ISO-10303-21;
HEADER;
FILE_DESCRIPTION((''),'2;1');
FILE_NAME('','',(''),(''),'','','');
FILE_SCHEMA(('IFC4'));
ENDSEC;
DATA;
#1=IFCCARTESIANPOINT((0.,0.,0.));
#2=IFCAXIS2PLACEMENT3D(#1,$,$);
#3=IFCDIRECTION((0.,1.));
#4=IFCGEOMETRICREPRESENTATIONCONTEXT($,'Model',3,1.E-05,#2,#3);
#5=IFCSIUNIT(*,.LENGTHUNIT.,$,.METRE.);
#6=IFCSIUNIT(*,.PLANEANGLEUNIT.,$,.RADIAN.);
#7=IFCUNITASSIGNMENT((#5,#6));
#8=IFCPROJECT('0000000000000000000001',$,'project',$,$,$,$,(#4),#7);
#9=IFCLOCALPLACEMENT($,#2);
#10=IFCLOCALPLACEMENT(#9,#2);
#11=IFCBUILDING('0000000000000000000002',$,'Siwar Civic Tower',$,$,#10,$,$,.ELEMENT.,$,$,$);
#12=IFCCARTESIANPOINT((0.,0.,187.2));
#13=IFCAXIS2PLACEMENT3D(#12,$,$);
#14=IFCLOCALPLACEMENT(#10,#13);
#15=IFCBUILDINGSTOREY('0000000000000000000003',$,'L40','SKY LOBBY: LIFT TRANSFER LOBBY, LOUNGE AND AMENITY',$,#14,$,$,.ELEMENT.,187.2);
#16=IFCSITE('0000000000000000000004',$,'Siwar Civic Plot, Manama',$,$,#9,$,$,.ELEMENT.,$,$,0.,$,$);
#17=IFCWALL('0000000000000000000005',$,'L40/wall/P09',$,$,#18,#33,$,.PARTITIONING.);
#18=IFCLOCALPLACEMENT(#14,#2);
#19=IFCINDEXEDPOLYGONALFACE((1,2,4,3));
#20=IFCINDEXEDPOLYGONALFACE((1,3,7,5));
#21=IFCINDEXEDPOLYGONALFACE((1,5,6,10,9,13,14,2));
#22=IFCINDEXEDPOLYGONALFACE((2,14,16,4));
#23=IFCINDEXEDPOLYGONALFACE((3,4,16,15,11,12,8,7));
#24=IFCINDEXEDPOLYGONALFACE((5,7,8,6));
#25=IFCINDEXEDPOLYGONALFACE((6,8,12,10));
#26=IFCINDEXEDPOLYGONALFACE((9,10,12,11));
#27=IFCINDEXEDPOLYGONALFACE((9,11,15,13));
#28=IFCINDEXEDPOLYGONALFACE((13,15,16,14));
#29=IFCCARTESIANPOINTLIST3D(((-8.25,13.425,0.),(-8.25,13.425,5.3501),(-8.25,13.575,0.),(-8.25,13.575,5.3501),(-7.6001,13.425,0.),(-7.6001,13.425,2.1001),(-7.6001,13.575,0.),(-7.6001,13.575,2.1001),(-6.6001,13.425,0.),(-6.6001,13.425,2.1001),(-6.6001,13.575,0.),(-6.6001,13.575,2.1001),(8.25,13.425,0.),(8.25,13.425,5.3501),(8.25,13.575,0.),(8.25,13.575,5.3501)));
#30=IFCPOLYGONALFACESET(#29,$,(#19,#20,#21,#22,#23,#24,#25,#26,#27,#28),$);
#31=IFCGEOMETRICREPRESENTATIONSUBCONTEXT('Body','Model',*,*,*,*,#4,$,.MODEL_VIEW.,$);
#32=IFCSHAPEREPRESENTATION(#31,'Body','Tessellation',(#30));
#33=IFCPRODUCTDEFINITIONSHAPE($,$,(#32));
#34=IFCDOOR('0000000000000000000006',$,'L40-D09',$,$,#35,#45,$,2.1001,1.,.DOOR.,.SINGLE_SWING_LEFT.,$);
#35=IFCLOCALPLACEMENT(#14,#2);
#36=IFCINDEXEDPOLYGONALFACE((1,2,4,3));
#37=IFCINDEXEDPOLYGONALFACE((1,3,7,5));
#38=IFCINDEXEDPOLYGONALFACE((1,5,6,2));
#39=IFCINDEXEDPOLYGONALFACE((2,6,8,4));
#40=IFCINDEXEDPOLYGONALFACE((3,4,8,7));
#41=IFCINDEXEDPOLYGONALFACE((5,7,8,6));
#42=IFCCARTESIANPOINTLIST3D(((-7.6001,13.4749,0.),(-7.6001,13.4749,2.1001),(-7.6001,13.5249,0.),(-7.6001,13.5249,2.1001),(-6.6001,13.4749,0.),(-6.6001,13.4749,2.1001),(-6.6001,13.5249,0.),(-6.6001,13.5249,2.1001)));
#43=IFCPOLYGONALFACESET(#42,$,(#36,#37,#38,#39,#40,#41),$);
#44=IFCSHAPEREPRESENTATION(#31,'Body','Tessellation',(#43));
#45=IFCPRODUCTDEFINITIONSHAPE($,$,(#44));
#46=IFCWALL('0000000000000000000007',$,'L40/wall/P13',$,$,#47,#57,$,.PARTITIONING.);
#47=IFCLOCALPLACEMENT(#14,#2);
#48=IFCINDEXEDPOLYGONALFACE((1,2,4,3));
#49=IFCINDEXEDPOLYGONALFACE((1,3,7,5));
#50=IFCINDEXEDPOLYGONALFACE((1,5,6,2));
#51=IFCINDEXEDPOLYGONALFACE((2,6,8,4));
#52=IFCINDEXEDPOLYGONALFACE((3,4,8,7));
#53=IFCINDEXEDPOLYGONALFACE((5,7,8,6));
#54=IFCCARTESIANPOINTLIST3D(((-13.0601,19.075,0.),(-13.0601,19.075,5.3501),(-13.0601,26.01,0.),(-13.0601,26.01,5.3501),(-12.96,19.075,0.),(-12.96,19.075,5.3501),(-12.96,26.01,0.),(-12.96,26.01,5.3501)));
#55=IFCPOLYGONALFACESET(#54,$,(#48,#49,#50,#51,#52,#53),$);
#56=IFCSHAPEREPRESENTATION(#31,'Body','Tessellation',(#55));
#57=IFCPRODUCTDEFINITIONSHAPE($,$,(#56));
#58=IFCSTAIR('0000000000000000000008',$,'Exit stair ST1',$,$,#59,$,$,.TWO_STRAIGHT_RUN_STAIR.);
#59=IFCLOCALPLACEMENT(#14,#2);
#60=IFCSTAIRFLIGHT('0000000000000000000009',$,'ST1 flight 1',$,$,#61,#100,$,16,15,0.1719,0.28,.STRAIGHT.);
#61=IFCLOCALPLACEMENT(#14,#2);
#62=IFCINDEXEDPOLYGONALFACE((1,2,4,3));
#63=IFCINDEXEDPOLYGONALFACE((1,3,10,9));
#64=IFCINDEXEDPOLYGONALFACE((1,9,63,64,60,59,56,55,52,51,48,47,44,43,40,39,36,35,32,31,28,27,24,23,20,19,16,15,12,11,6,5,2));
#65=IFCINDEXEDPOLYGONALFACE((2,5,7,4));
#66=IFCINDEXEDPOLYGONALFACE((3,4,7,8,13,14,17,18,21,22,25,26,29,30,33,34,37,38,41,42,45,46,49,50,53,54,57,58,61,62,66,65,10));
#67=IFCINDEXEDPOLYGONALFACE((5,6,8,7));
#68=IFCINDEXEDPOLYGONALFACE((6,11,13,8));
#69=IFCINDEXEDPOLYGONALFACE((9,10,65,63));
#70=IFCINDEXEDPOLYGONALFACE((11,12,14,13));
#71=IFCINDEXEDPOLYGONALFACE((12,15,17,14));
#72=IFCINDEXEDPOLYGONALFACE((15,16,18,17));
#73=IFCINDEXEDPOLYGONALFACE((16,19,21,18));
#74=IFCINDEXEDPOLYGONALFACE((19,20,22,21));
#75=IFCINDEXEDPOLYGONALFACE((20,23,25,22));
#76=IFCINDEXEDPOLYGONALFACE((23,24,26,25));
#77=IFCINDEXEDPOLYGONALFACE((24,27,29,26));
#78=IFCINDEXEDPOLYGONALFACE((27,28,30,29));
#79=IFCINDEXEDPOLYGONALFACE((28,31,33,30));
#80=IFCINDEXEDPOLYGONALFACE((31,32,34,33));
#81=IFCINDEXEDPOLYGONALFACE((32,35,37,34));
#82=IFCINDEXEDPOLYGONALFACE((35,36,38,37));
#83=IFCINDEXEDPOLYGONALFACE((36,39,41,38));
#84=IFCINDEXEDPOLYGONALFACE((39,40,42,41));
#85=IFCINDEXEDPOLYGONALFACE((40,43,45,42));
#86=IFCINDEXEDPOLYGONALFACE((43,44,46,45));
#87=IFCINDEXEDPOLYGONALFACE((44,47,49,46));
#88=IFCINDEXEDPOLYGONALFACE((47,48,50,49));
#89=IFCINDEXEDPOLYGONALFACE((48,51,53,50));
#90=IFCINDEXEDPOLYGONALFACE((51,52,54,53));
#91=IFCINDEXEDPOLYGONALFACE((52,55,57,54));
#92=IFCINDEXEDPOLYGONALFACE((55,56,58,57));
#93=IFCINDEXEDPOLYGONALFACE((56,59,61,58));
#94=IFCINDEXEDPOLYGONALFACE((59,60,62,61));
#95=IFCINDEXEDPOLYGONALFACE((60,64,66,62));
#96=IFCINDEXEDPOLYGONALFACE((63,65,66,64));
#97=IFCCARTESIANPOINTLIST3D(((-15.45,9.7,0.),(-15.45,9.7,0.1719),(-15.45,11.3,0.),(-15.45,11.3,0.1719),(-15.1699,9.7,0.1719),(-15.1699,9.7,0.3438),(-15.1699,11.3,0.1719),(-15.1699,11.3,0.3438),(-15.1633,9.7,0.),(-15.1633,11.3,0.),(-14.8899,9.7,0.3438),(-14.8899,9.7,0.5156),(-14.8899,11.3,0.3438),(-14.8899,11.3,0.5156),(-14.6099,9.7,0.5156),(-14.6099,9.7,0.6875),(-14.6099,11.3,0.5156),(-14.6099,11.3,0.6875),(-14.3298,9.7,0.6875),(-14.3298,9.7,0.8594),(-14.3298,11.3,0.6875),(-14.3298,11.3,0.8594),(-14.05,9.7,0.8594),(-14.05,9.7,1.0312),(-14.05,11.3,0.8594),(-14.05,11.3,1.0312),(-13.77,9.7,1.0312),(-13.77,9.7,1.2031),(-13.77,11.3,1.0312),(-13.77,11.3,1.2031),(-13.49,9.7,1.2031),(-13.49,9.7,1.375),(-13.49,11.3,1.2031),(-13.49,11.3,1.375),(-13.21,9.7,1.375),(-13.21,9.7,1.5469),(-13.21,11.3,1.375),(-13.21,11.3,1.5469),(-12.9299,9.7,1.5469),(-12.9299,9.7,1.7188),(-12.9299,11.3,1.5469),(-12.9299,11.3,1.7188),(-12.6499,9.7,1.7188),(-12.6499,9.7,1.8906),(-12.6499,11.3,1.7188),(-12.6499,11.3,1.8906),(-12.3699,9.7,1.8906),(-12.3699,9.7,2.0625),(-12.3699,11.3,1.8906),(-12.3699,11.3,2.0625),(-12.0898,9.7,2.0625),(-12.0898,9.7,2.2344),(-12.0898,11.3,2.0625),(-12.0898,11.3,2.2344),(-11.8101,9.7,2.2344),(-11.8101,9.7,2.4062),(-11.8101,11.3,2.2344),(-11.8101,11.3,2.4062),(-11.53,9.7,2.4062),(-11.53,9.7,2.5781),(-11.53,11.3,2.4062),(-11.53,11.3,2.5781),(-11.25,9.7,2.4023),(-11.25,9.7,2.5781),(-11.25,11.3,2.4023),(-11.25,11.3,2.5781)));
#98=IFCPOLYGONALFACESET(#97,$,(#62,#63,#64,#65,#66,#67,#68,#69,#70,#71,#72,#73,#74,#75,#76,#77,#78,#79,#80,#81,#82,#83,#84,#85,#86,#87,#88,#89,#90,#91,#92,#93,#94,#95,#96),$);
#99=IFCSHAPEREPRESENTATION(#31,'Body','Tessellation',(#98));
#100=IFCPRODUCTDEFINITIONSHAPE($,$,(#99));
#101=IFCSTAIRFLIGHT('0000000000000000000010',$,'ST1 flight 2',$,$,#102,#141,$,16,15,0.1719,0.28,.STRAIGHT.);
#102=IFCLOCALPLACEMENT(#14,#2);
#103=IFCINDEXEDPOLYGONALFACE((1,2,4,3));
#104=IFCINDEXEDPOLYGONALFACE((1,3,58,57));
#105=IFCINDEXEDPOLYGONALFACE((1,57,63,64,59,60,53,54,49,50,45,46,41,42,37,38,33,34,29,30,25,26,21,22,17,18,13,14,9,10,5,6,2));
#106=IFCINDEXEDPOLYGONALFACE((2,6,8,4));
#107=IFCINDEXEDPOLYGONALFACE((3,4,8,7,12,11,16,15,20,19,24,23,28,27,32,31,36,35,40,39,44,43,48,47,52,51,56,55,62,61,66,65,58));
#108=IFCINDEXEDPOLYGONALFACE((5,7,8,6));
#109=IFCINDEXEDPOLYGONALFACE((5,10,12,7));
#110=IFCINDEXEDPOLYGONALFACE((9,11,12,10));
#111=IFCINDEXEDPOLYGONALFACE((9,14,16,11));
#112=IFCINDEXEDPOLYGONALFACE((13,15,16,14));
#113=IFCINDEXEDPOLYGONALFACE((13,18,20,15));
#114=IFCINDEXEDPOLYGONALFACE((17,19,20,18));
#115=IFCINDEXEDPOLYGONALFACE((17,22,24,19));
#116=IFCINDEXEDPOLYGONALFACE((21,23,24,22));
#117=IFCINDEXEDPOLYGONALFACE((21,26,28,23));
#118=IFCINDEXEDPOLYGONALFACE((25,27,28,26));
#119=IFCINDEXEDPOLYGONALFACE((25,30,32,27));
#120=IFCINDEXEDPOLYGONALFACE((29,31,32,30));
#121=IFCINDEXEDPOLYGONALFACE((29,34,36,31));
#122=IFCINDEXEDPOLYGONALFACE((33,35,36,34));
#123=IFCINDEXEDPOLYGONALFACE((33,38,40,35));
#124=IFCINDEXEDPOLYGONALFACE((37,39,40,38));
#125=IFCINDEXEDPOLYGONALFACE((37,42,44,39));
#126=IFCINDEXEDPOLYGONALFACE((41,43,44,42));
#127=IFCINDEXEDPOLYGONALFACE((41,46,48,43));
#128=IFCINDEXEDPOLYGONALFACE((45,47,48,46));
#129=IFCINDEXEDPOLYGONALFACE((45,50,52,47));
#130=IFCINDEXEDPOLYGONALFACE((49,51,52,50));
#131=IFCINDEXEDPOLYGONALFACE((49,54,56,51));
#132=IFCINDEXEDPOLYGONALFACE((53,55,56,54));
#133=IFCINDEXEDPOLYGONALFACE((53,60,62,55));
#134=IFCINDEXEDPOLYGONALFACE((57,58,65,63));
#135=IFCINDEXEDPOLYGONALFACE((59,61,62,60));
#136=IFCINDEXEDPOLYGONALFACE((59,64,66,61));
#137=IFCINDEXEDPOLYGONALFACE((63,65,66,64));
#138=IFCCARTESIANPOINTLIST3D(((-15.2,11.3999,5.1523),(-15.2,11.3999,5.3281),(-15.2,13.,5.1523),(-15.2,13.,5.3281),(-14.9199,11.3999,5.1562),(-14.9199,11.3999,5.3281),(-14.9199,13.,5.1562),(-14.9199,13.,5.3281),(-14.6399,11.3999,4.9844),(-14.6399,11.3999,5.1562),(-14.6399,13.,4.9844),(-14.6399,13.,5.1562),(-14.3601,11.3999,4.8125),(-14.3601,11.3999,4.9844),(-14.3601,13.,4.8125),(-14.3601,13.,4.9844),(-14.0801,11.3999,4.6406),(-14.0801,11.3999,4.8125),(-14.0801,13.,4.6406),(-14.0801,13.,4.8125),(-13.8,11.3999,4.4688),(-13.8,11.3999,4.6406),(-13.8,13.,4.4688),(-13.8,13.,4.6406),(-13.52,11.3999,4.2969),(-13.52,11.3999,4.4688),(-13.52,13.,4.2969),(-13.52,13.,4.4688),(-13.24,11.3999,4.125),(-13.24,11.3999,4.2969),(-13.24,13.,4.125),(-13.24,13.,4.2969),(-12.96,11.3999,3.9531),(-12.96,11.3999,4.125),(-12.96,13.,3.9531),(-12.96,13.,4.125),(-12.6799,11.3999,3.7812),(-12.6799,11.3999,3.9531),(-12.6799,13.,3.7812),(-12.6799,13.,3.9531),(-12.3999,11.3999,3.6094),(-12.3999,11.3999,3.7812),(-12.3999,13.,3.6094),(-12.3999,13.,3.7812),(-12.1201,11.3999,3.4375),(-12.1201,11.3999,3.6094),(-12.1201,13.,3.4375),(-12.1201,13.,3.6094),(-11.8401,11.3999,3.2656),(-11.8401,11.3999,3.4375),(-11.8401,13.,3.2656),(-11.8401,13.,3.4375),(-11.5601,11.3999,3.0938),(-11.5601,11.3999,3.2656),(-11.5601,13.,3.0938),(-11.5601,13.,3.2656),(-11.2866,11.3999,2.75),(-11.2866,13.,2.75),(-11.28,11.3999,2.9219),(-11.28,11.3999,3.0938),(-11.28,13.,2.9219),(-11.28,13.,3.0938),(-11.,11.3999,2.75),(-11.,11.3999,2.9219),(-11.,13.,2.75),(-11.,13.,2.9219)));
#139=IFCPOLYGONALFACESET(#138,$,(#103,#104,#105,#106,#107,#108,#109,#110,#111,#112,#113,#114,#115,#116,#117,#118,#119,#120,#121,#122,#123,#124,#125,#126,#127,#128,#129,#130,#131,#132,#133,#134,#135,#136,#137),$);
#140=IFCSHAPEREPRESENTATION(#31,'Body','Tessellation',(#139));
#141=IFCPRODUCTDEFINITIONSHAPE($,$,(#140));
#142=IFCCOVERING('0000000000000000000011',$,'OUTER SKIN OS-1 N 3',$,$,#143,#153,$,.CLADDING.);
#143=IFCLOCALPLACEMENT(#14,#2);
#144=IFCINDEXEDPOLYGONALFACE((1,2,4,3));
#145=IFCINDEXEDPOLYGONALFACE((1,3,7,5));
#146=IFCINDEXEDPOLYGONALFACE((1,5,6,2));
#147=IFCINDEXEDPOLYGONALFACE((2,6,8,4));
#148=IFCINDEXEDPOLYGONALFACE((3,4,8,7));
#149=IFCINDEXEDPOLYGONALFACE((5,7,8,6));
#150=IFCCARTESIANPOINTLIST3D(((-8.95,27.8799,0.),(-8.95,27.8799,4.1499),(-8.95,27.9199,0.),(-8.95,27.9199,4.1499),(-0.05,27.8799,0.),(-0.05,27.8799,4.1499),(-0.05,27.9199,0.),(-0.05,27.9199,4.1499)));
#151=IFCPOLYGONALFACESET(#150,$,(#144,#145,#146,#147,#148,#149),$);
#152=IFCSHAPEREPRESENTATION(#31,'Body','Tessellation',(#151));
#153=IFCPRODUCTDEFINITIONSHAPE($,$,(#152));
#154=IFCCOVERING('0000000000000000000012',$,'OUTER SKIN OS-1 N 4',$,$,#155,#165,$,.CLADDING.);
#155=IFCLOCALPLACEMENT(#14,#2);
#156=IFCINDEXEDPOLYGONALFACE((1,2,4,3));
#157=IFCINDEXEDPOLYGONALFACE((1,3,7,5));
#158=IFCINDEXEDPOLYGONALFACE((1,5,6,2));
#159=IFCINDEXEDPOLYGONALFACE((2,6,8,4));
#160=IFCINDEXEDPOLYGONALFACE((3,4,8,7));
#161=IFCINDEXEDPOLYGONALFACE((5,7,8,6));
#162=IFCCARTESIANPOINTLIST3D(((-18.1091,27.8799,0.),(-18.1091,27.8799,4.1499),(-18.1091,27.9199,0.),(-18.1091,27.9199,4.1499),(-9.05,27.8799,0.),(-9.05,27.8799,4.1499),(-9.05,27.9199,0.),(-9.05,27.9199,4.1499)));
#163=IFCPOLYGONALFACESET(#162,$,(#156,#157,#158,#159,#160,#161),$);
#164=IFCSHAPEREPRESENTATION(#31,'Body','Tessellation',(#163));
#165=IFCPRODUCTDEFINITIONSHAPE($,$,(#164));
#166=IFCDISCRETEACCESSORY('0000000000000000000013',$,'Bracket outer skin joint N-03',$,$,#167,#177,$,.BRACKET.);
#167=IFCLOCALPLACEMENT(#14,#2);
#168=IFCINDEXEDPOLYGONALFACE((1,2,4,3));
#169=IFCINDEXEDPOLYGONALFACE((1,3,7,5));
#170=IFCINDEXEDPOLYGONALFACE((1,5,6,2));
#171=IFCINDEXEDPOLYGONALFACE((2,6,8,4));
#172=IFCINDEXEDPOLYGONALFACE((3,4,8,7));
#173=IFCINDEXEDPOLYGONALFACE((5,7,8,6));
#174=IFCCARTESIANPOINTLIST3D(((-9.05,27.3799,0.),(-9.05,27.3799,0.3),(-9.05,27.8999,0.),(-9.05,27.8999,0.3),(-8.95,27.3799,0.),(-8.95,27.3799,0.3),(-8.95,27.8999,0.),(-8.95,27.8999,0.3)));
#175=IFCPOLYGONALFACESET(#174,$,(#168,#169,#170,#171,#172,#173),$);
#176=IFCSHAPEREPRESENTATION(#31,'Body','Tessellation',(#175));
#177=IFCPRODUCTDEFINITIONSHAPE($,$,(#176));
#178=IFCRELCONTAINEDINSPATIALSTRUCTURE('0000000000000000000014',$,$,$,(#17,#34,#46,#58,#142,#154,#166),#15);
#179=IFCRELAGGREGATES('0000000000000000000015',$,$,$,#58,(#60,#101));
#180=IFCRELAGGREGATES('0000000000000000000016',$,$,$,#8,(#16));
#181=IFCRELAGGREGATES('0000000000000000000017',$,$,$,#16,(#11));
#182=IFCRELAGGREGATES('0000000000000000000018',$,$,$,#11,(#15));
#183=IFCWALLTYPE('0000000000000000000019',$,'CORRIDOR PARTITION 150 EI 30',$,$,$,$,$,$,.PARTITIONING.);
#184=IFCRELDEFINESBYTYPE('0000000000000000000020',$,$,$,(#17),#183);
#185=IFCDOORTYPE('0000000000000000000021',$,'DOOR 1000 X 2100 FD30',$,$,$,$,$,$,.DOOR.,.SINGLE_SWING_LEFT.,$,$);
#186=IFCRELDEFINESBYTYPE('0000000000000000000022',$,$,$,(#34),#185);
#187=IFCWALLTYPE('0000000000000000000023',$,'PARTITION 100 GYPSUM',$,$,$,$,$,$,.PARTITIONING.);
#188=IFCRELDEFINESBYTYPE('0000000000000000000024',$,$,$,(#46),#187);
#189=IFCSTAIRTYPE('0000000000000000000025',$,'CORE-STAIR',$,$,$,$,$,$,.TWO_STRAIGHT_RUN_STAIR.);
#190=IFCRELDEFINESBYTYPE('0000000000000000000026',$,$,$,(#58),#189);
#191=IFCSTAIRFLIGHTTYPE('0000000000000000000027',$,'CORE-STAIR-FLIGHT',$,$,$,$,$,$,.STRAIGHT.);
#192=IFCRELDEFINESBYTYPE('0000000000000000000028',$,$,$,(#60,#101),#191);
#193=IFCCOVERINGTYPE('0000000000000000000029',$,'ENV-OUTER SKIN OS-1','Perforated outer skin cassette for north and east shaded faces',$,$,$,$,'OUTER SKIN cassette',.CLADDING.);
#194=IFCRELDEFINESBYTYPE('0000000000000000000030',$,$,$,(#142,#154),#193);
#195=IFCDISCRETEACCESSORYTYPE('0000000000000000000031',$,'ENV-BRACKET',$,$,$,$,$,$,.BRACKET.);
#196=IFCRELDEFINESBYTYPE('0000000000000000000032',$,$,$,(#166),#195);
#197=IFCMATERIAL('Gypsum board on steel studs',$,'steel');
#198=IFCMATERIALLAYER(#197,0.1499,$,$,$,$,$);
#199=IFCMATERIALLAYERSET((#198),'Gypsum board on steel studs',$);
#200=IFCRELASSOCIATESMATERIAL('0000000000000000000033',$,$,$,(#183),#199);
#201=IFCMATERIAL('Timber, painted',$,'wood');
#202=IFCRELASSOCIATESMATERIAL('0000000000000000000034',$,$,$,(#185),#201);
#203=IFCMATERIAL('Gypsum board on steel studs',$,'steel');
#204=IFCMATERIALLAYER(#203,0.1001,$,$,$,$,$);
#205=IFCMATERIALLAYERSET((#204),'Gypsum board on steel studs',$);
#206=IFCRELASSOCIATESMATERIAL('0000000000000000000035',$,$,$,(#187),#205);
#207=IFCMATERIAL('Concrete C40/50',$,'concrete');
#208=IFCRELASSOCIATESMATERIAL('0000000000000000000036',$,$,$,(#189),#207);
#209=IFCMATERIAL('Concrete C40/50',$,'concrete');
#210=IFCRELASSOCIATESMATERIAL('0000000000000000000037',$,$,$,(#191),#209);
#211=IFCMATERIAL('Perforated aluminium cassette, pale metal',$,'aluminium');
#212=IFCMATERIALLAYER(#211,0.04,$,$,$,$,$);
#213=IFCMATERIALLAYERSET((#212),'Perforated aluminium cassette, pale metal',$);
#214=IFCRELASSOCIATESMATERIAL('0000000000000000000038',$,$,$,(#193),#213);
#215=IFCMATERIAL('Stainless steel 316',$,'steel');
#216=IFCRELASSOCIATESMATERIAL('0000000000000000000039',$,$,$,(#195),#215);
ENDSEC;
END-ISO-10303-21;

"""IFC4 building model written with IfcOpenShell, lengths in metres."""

from ifc_helpers import new_model, si_unit, direction, frame, frame_2d, origin, origin_2d, place, context, subcontext, project, spatial, polyline, rectangle, outline, extrude, material, layer, layer_set, type_object, element, fill, aggregate, save


model = new_model("IFC4")

# Units and contexts
model_context = context("Model", 3, precision=1e-05, world=origin(), true_north=direction((0.0, 1.0)))
body_context = subcontext(model_context, "Body", "Model", "MODEL_VIEW")
ifc_project = project(units=[si_unit("LENGTHUNIT", "METRE"), si_unit("PLANEANGLEUNIT", "RADIAN")], contexts=[model_context])

# Site, building, storey
site_placement = place(None, origin())
site = spatial("IfcSite", under=ifc_project, at=site_placement, Name="Siwar Civic Plot, Manama", CompositionType="ELEMENT", RefElevation=0.0)
building_placement = place(site_placement, origin())
building = spatial("IfcBuilding", under=site, at=building_placement, Name="Siwar Civic Tower", CompositionType="ELEMENT")
storey_placement = place(building_placement, frame((0.0, 0.0, 187.2)))
storey = spatial("IfcBuildingStorey", under=building, at=storey_placement, Name="L40", Description="SKY LOBBY: LIFT TRANSFER LOBBY, LOUNGE AND AMENITY", CompositionType="ELEMENT", Elevation=187.2)

# Shared definitions
ifc_material_1 = material(Name="Gypsum board on steel studs", Category="steel")
ifc_layer_1 = layer(ifc_material_1, 0.1499)
ifc_layer_set_1 = layer_set([ifc_layer_1], Name="Gypsum board on steel studs")
wall_type_1 = type_object("IfcWallType", Name="CORRIDOR PARTITION 150 EI 30", PredefinedType="PARTITIONING", material=ifc_layer_set_1)

# Wall, opening, door
wall_1_placement = place(storey_placement, frame((-8.25, 13.5, 0.0), z_axis=(0.0, 0.0, 1.0), x_axis=(1.0, 0.0, 0.0)))
wall_1 = element("IfcWall", 1, at=wall_1_placement, inside=storey, type_object=wall_type_1, Name="L40/wall/P09", PredefinedType="PARTITIONING", context=body_context, shape_type="SweptSolid", body=[
    extrude(rectangle(XDim=16.5, YDim=0.1499, at=frame_2d((8.25, 0.0))), origin(), (0.0, 0.0, 1.0), 5.3501),
])
opening_1_placement = place(wall_1_placement, frame((0.6499, 0.0, 0.0)))
opening_1 = element("IfcOpeningElement", 2, at=opening_1_placement, cuts=wall_1, PredefinedType="OPENING", context=body_context, shape_type="SweptSolid", body=[
    extrude(rectangle(XDim=1.0, YDim=2.1001, at=frame_2d((0.5, 1.05))), frame((0.0, 0.085, 0.0), z_axis=(0.0, -1.0, 0.0), x_axis=(1.0, 0.0, 0.0)), (0.0, 0.0, 1.0), 0.1699),
])
ifc_material_2 = material(Name="Timber, painted", Category="wood")
door_type_1 = type_object("IfcDoorType", Name="DOOR 1000 X 2100 FD30", OperationType="SINGLE_SWING_LEFT", PredefinedType="DOOR", material=ifc_material_2)
door_1_placement = place(opening_1_placement, origin())
door_1 = element("IfcDoor", 3, at=door_1_placement, inside=storey, type_object=door_type_1, Name="L40-D09", OperationType="SINGLE_SWING_LEFT", OverallHeight=2.1001, OverallWidth=1.0, PredefinedType="DOOR", context=body_context, shape_type="SweptSolid", body=[
    extrude(rectangle(XDim=1.0, YDim=2.1001, at=frame_2d((0.5, 1.05))), frame((0.0, 0.0249, 0.0), z_axis=(0.0, -1.0, 0.0), x_axis=(1.0, 0.0, 0.0)), (0.0, 0.0, 1.0), 0.05),
])
fill(opening_1, door_1)

# Wall
ifc_material_3 = material(Name="Gypsum board on steel studs", Category="steel")
ifc_layer_2 = layer(ifc_material_3, 0.1001)
ifc_layer_set_2 = layer_set([ifc_layer_2], Name="Gypsum board on steel studs")
wall_type_2 = type_object("IfcWallType", Name="PARTITION 100 GYPSUM", PredefinedType="PARTITIONING", material=ifc_layer_set_2)
wall_2_placement = place(storey_placement, frame((-13.01, 19.075, 0.0), z_axis=(0.0, 0.0, 1.0), x_axis=(0.0, 1.0, 0.0)))
element("IfcWall", 4, at=wall_2_placement, inside=storey, type_object=wall_type_2, Name="L40/wall/P13", PredefinedType="PARTITIONING", context=body_context, shape_type="SweptSolid", body=[
    extrude(rectangle(XDim=6.9351, YDim=0.1001, at=frame_2d((3.4675, 0.0))), origin(), (0.0, 0.0, 1.0), 5.3501),
])

# Stair, stair flights
ifc_material_4 = material(Name="Concrete C40/50", Category="concrete")
stair_type = type_object("IfcStairType", Name="CORE-STAIR", PredefinedType="TWO_STRAIGHT_RUN_STAIR", material=ifc_material_4)
stair_placement = place(storey_placement, origin())
stair = element("IfcStair", 5, at=stair_placement, inside=storey, type_object=stair_type, Name="Exit stair ST1", PredefinedType="TWO_STRAIGHT_RUN_STAIR")
ifc_material_5 = material(Name="Concrete C40/50", Category="concrete")
stair_flight_type = type_object("IfcStairFlightType", Name="CORE-STAIR-FLIGHT", PredefinedType="STRAIGHT", material=ifc_material_5)
stair_flight_1_placement = place(storey_placement, frame((-15.45, 10.5, 0.0), z_axis=(0.0, 0.0, 1.0), x_axis=(1.0, 0.0, 0.0)))
stair_flight_1 = element("IfcStairFlight", 6, at=stair_flight_1_placement, type_object=stair_flight_type, Name="ST1 flight 1", NumberOfRisers=16, NumberOfTreads=15, PredefinedType="STRAIGHT", RiserHeight=0.1719, TreadLength=0.28, context=body_context, shape_type="SweptSolid", body=[
    extrude(outline(polyline([(0.0, 0.0), (0.0, 0.1719), (0.28, 0.1719), (0.28, 0.3438), (0.5601, 0.3438), (0.5601, 0.5156), (0.8401, 0.5156), (0.8401, 0.6875), (1.1201, 0.6875), (1.1201, 0.8594), (1.3999, 0.8594), (1.3999, 1.0312), (1.6799, 1.0312), (1.6799, 1.2031), (1.96, 1.2031), (1.96, 1.375), (2.24, 1.375), (2.24, 1.5469), (2.52, 1.5469), (2.52, 1.7188), (2.8, 1.7188), (2.8, 1.8906), (3.0801, 1.8906), (3.0801, 2.0625), (3.3601, 2.0625), (3.3601, 2.2344), (3.6399, 2.2344), (3.6399, 2.4062), (3.9199, 2.4062), (3.9199, 2.5781), (4.2, 2.5781), (4.2, 2.75), (4.2, 2.4023), (0.2866, 0.0), (0.0, 0.0)])), frame((0.0, 0.8, 0.0), z_axis=(0.0, -1.0, 0.0), x_axis=(1.0, 0.0, 0.0)), (0.0, 0.0, 1.0), 1.6001),
])
stair_flight_2_placement = place(storey_placement, frame((-11.0, 12.2, 2.75), z_axis=(0.0, 0.0, 1.0), x_axis=(-1.0, 0.0, 0.0)))
stair_flight_2 = element("IfcStairFlight", 7, at=stair_flight_2_placement, type_object=stair_flight_type, Name="ST1 flight 2", NumberOfRisers=16, NumberOfTreads=15, PredefinedType="STRAIGHT", RiserHeight=0.1719, TreadLength=0.28, context=body_context, shape_type="SweptSolid", body=[
    extrude(outline(polyline([(0.0, 0.0), (0.0, 0.1719), (0.28, 0.1719), (0.28, 0.3438), (0.5601, 0.3438), (0.5601, 0.5156), (0.8401, 0.5156), (0.8401, 0.6875), (1.1201, 0.6875), (1.1201, 0.8594), (1.3999, 0.8594), (1.3999, 1.0312), (1.6799, 1.0312), (1.6799, 1.2031), (1.96, 1.2031), (1.96, 1.375), (2.24, 1.375), (2.24, 1.5469), (2.52, 1.5469), (2.52, 1.7188), (2.8, 1.7188), (2.8, 1.8906), (3.0801, 1.8906), (3.0801, 2.0625), (3.3601, 2.0625), (3.3601, 2.2344), (3.6399, 2.2344), (3.6399, 2.4062), (3.9199, 2.4062), (3.9199, 2.5781), (4.2, 2.5781), (4.2, 2.75), (4.2, 2.4023), (0.2866, 0.0), (0.0, 0.0)])), frame((0.0, 0.8, 0.0), z_axis=(0.0, -1.0, 0.0), x_axis=(1.0, 0.0, 0.0)), (0.0, 0.0, 1.0), 1.6001),
])
aggregate(stair, [stair_flight_1, stair_flight_2])

# Coverings
ifc_material_6 = material(Name="Perforated aluminium cassette, pale metal", Category="aluminium")
ifc_layer_3 = layer(ifc_material_6, 0.04)
ifc_layer_set_3 = layer_set([ifc_layer_3], Name="Perforated aluminium cassette, pale metal")
covering_type = type_object("IfcCoveringType", Name="ENV-OUTER SKIN OS-1", Description="Perforated outer skin cassette for north and east shaded faces", ElementType="OUTER SKIN cassette", PredefinedType="CLADDING", material=ifc_layer_set_3)
covering_1_placement = place(storey_placement, frame((-4.5, 27.8999, 0.0), z_axis=(0.0, 0.0, 1.0), x_axis=(-1.0, 0.0, 0.0)))
element("IfcCovering", 8, at=covering_1_placement, inside=storey, type_object=covering_type, Name="OUTER SKIN OS-1 N 3", PredefinedType="CLADDING", context=body_context, shape_type="SweptSolid", body=[
    extrude(rectangle(XDim=8.8999, YDim=0.04, at=origin_2d()), origin(), (0.0, 0.0, 1.0), 4.1499),
])
covering_2_placement = place(storey_placement, frame((-13.5796, 27.8999, 0.0), z_axis=(0.0, 0.0, 1.0), x_axis=(-1.0, 0.0, 0.0)))
element("IfcCovering", 9, at=covering_2_placement, inside=storey, type_object=covering_type, Name="OUTER SKIN OS-1 N 4", PredefinedType="CLADDING", context=body_context, shape_type="SweptSolid", body=[
    extrude(rectangle(XDim=9.0591, YDim=0.04, at=origin_2d()), origin(), (0.0, 0.0, 1.0), 4.1499),
])

# Discrete accessory
ifc_material_7 = material(Name="Stainless steel 316", Category="steel")
discrete_accessory_type = type_object("IfcDiscreteAccessoryType", Name="ENV-BRACKET", PredefinedType="BRACKET", material=ifc_material_7)
discrete_accessory_placement = place(storey_placement, frame((-9.0, 27.6399, 0.0), z_axis=(0.0, 0.0, 1.0), x_axis=(0.0, 1.0, 0.0)))
element("IfcDiscreteAccessory", 10, at=discrete_accessory_placement, inside=storey, type_object=discrete_accessory_type, Name="Bracket outer skin joint N-03", PredefinedType="BRACKET", context=body_context, shape_type="SweptSolid", body=[
    extrude(rectangle(XDim=0.52, YDim=0.1001, at=origin_2d()), origin(), (0.0, 0.0, 1.0), 0.3),
])

save(model, "model.ifc")
